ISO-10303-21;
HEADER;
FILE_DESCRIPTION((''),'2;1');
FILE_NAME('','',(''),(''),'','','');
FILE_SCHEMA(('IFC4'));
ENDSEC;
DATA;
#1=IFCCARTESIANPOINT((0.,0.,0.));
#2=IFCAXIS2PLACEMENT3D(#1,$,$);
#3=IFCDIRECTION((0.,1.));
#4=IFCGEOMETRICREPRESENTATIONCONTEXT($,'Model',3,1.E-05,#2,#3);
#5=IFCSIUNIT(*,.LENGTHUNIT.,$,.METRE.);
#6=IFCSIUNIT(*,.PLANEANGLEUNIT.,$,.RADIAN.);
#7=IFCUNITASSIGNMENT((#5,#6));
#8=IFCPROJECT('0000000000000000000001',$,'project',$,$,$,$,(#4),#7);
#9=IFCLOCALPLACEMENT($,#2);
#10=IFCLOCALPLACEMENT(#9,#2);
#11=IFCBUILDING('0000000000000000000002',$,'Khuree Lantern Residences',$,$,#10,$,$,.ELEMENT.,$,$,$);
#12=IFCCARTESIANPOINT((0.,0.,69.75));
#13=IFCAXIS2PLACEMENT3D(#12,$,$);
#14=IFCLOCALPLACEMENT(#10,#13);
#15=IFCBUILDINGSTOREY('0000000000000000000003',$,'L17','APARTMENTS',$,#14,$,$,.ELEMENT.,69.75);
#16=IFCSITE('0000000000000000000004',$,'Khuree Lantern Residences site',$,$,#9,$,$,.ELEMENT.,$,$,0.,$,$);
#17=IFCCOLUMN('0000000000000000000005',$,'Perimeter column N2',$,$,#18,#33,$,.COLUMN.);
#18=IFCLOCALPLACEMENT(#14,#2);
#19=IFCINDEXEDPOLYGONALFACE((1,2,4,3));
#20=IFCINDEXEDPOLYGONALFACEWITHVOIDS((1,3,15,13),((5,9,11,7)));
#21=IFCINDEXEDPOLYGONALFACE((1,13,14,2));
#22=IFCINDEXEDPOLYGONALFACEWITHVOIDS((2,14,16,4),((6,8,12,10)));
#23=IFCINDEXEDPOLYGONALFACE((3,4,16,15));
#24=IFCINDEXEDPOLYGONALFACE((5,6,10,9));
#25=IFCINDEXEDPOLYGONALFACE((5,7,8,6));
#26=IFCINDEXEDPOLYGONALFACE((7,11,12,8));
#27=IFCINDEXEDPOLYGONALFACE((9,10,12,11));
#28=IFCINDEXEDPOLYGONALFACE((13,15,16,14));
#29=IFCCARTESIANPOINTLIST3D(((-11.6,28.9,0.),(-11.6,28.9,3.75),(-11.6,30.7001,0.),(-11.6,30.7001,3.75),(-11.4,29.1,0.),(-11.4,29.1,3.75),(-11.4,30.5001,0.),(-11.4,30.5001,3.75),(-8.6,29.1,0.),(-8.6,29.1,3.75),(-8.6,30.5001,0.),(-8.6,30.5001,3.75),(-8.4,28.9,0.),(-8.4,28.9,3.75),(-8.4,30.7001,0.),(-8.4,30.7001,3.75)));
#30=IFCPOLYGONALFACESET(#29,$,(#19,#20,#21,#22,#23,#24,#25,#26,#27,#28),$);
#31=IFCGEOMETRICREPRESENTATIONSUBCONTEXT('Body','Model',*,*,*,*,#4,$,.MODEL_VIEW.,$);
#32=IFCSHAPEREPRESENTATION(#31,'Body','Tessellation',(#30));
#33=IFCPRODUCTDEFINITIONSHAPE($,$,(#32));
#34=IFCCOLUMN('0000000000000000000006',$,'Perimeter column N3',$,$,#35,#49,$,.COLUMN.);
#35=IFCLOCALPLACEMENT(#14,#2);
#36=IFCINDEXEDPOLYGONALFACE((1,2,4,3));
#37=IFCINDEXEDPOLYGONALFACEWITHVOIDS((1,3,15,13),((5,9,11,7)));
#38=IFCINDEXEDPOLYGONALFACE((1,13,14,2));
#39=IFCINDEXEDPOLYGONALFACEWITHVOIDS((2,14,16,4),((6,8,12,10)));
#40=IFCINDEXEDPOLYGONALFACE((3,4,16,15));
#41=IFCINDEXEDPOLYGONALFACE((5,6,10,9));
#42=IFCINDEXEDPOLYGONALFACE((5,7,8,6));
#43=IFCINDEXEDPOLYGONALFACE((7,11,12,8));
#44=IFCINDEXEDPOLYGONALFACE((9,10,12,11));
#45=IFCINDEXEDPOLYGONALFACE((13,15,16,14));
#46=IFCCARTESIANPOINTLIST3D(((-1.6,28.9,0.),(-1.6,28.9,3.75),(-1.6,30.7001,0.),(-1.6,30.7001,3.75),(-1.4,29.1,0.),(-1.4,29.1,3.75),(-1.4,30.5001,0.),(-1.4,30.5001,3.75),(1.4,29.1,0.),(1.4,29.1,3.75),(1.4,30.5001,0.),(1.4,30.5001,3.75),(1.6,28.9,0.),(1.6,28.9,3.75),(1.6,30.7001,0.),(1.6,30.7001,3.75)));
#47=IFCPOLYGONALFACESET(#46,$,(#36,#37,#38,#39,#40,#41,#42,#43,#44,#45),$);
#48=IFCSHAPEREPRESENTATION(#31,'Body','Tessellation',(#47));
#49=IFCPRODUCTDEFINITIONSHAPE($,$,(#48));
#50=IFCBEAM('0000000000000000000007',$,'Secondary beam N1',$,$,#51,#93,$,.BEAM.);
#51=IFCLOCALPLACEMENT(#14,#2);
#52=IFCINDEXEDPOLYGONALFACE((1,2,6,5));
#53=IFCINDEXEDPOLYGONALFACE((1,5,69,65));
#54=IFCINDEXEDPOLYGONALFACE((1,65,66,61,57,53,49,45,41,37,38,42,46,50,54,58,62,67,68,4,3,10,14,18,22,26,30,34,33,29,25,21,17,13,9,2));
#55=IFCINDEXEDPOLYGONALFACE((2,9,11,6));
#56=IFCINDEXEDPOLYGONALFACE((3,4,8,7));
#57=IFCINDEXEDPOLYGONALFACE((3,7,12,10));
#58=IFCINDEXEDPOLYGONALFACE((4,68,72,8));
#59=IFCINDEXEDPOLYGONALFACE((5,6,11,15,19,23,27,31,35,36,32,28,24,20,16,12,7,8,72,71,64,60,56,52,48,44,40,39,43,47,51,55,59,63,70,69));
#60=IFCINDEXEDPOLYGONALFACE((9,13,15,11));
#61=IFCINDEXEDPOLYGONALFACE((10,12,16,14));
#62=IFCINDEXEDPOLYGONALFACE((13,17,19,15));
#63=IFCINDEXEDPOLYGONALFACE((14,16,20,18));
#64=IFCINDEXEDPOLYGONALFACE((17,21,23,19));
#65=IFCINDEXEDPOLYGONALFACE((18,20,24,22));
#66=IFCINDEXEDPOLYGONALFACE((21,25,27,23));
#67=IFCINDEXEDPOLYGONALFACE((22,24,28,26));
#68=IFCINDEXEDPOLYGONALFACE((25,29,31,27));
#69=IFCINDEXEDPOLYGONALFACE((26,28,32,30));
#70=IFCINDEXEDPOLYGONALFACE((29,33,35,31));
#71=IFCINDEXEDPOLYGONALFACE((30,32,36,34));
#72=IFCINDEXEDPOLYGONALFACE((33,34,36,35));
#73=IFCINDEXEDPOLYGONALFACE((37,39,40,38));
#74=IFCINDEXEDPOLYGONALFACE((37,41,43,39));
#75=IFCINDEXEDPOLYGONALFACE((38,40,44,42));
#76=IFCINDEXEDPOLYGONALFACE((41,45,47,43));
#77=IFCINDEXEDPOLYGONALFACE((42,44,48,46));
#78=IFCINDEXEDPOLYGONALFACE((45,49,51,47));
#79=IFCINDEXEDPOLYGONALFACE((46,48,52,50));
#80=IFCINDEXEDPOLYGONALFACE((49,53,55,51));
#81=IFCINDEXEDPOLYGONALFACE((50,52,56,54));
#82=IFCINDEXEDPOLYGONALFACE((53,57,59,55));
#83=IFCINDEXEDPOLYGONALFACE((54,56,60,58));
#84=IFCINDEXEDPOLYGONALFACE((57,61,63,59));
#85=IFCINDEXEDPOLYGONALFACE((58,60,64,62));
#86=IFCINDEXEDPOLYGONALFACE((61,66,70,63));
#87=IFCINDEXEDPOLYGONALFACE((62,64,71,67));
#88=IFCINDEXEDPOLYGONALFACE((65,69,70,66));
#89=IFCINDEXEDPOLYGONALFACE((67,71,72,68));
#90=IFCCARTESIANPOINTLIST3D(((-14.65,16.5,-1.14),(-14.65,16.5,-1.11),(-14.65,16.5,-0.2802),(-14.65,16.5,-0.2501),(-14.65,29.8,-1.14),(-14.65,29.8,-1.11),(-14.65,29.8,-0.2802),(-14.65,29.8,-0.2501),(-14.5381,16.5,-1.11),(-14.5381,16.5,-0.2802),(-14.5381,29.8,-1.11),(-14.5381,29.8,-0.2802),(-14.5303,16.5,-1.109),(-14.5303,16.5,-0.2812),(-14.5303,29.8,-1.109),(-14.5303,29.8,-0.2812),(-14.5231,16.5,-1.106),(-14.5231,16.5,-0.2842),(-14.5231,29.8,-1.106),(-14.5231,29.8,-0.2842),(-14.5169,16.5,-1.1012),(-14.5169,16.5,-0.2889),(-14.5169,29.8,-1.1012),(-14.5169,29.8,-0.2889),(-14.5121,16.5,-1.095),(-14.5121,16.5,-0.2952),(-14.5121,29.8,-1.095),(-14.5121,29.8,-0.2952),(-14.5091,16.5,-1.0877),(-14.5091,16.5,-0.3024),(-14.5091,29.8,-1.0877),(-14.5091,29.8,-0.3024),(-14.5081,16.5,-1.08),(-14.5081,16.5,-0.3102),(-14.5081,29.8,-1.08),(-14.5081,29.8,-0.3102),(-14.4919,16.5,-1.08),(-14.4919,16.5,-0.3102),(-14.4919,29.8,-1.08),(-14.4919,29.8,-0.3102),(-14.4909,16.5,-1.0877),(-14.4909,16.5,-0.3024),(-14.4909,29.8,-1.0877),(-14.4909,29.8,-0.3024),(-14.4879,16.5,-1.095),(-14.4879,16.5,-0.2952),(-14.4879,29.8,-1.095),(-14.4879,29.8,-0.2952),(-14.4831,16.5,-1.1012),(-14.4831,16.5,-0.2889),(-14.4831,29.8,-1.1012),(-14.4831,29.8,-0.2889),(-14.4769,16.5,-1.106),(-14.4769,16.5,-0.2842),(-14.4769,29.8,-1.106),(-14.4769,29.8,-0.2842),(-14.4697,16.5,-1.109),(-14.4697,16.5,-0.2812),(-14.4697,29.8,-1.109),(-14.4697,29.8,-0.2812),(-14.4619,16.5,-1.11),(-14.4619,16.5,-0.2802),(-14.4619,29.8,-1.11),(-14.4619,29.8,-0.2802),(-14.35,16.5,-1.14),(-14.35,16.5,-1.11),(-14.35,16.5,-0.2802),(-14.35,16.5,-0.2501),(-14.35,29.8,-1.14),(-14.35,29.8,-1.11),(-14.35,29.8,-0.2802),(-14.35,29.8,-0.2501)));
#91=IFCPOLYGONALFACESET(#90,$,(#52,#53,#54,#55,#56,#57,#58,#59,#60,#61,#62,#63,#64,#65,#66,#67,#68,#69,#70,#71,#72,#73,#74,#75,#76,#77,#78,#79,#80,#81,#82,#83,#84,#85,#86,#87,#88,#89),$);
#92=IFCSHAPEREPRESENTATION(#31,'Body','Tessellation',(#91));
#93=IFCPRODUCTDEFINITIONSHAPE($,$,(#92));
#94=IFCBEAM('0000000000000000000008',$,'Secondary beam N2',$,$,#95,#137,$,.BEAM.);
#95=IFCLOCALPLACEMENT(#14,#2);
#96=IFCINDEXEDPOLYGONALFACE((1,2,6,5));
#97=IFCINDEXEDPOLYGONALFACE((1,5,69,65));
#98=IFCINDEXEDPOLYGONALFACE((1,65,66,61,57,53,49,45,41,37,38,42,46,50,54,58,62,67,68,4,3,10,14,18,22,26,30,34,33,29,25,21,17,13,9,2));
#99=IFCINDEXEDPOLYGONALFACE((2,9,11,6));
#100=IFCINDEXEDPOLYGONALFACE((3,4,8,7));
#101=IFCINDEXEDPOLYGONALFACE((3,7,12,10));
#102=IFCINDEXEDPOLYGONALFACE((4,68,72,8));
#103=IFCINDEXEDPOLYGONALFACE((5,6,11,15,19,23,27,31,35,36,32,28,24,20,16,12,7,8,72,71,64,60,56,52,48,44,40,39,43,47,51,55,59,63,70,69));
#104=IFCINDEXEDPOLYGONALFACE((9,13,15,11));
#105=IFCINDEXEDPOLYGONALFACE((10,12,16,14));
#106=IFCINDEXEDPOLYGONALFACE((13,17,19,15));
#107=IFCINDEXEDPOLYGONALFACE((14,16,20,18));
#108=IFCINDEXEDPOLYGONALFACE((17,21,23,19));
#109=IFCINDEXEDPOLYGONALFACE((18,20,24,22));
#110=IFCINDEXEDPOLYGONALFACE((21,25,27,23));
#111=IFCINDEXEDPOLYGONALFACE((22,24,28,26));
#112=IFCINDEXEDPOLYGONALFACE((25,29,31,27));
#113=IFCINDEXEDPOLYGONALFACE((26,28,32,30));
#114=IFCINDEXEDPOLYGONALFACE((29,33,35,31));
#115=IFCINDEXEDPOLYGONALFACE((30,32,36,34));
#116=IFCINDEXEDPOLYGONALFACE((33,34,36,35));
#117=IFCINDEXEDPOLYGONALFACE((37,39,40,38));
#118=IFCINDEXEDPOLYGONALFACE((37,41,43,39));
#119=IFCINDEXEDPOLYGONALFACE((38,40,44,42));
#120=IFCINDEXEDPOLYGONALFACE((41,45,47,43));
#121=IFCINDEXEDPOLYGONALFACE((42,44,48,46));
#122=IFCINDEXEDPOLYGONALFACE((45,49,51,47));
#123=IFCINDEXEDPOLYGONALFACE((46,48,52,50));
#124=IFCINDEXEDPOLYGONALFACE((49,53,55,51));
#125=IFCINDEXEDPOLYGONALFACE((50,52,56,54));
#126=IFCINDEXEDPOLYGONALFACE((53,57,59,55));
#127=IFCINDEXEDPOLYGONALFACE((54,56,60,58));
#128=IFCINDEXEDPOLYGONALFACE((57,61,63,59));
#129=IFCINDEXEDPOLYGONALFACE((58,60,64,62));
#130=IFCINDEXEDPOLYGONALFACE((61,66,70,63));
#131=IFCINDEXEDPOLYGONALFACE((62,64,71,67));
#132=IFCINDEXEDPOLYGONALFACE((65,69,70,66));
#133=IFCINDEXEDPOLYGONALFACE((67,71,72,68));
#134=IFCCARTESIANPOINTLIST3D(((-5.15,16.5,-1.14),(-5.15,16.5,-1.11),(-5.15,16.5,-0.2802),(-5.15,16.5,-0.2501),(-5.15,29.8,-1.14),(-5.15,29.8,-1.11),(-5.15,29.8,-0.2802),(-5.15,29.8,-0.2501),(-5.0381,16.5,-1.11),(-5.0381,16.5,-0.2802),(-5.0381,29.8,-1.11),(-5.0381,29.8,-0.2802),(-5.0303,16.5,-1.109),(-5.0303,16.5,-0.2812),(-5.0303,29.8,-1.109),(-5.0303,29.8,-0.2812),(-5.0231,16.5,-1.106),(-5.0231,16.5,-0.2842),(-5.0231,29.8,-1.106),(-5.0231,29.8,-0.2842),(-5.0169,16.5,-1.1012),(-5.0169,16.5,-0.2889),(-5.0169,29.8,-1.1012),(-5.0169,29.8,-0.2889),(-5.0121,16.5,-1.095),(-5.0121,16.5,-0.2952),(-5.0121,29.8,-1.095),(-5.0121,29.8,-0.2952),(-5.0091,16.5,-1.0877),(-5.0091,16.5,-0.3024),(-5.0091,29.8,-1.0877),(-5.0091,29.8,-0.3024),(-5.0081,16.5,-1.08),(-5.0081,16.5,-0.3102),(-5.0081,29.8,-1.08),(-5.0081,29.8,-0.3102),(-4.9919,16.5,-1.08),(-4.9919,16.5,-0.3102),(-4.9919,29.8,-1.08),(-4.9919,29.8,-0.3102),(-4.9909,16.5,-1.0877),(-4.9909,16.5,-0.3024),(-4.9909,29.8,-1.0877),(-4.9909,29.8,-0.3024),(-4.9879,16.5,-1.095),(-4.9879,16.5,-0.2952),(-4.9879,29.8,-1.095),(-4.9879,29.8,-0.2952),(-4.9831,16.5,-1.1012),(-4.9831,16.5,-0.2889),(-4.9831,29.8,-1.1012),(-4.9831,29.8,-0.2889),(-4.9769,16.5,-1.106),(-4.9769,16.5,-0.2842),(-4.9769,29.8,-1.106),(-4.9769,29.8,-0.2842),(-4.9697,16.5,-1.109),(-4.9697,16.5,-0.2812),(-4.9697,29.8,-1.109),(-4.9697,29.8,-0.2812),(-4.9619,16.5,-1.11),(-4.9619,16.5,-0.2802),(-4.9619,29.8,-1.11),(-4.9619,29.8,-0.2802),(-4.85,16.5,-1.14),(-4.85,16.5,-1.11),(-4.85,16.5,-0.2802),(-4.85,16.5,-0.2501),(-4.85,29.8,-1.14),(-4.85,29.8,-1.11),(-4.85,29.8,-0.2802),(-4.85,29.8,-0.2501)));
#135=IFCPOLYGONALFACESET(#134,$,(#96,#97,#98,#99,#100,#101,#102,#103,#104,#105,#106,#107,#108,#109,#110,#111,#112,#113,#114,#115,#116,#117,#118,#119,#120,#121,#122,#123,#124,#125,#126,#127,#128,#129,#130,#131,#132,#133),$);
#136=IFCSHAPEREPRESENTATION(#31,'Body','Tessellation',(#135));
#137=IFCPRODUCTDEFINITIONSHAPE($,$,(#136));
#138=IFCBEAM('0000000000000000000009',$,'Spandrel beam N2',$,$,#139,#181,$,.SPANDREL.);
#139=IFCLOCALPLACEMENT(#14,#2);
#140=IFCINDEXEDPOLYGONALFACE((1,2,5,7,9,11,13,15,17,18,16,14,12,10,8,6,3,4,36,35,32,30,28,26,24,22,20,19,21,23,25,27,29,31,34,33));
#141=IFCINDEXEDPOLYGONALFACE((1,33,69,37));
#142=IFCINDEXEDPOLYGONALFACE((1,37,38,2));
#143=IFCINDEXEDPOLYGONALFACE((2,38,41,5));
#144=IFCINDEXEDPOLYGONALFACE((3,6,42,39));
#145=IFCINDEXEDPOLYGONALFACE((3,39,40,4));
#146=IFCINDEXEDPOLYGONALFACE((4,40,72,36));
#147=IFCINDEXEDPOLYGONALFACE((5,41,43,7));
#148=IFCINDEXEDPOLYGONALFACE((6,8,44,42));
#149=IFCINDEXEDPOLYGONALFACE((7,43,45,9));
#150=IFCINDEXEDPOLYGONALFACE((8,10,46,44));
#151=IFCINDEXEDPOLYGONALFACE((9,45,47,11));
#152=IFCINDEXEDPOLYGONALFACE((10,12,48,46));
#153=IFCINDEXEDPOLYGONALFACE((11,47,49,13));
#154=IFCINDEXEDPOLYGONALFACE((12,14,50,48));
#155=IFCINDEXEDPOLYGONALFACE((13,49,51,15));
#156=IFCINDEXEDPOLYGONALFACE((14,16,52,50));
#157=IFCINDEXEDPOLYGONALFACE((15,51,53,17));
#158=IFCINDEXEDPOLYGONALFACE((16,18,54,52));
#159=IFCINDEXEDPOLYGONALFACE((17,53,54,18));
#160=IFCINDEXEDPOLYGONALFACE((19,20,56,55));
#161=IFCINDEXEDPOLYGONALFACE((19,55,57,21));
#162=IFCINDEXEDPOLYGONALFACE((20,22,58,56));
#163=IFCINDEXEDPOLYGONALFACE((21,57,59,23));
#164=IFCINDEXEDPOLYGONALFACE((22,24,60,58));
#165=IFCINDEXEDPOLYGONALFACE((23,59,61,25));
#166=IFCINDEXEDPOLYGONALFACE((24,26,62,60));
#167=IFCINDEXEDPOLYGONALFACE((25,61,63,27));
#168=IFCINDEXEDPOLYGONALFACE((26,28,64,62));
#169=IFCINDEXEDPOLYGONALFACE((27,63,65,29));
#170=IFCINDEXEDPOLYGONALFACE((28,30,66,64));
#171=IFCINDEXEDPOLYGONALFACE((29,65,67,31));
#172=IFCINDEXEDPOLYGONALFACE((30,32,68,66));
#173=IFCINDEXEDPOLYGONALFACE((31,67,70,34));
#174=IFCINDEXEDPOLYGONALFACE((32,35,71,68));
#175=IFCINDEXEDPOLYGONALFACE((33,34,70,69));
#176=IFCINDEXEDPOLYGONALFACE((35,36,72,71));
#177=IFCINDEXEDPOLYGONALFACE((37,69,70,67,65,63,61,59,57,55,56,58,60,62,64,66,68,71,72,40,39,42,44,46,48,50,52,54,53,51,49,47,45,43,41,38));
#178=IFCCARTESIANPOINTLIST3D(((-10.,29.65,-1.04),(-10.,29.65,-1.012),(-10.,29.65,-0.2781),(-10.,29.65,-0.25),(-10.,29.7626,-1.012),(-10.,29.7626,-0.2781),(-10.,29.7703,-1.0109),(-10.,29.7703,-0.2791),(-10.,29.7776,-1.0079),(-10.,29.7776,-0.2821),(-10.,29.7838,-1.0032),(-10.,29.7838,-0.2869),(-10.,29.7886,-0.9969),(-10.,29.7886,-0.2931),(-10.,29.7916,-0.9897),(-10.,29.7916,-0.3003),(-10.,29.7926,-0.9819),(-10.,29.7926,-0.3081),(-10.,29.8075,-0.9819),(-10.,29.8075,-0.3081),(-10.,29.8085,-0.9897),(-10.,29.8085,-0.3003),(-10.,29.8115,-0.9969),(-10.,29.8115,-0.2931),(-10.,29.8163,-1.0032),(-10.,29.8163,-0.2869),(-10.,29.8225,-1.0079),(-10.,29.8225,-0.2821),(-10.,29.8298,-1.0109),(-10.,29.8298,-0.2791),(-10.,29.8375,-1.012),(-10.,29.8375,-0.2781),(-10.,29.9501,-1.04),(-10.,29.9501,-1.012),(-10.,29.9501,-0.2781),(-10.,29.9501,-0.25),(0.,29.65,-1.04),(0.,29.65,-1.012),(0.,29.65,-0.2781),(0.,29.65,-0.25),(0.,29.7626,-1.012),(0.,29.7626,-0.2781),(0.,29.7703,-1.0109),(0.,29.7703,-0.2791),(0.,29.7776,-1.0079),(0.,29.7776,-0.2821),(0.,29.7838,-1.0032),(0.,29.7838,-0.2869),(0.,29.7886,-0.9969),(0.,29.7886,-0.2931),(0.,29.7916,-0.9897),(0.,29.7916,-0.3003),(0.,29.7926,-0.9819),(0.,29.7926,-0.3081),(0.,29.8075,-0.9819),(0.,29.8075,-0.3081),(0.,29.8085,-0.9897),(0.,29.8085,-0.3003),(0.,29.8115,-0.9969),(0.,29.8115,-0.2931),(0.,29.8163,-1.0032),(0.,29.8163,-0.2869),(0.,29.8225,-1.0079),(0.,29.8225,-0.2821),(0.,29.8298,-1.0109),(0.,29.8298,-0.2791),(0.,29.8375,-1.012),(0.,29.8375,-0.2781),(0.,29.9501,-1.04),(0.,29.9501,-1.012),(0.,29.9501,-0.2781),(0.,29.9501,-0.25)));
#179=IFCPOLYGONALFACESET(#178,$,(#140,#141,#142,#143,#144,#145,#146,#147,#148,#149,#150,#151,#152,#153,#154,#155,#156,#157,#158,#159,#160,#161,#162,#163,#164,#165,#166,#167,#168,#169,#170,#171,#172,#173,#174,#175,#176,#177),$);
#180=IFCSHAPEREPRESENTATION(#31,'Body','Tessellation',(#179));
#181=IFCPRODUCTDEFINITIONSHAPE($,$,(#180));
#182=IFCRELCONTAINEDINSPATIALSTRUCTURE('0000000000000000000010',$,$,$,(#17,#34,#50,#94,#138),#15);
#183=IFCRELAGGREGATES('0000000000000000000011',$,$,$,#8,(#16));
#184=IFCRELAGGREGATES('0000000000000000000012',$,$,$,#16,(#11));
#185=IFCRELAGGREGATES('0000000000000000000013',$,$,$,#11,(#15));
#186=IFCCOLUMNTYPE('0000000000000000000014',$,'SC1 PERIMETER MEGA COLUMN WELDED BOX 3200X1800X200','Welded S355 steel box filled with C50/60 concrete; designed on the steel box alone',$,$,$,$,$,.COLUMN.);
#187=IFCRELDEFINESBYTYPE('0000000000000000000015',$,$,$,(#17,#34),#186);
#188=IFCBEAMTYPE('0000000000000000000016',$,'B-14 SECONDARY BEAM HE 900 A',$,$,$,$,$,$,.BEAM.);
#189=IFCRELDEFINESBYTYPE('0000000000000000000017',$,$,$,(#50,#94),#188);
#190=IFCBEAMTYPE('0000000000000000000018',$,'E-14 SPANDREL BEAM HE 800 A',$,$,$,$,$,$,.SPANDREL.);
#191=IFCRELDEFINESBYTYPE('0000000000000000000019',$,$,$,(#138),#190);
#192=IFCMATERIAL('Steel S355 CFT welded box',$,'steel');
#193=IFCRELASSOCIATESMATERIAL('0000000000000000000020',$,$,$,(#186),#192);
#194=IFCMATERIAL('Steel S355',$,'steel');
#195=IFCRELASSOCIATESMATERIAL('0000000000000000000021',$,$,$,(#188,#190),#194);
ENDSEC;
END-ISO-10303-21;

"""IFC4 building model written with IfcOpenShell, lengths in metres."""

from ifc_helpers import new_model, si_unit, direction, frame, origin, origin_2d, place, context, subcontext, project, spatial, hollow_rectangle, i_section, extrude, material, material_profile, profile_set, type_object, element, save


model = new_model("IFC4")

# Units and contexts
model_context = context("Model", 3, precision=1e-05, world=origin(), true_north=direction((0.0, 1.0)))
body_context = subcontext(model_context, "Body", "Model", "MODEL_VIEW")
ifc_project = project(units=[si_unit("LENGTHUNIT", "METRE"), si_unit("PLANEANGLEUNIT", "RADIAN")], contexts=[model_context])

# Site, building, storey
site_placement = place(None, origin())
site = spatial("IfcSite", under=ifc_project, at=site_placement, Name="Khuree Lantern Residences site", CompositionType="ELEMENT", RefElevation=0.0)
building_placement = place(site_placement, origin())
building = spatial("IfcBuilding", under=site, at=building_placement, Name="Khuree Lantern Residences", CompositionType="ELEMENT")
storey_placement = place(building_placement, frame((0.0, 0.0, 69.75)))
storey = spatial("IfcBuildingStorey", under=building, at=storey_placement, Name="L17", Description="APARTMENTS", CompositionType="ELEMENT", Elevation=69.75)

# Columns
ifc_material_1 = material(Name="Steel S355 CFT welded box", Category="steel")
ifc_material_profile_1 = material_profile(ifc_material_1, hollow_rectangle(XDim=3.2, YDim=1.8, WallThickness=0.2, at=origin_2d()), Name="WELDED BOX 3200X1800X200")
ifc_profile_set_1 = profile_set([ifc_material_profile_1], Name="Steel S355 CFT welded box")
column_type = type_object("IfcColumnType", Name="SC1 PERIMETER MEGA COLUMN WELDED BOX 3200X1800X200", Description="Welded S355 steel box filled with C50/60 concrete; designed on the steel box alone", PredefinedType="COLUMN", material=ifc_profile_set_1)
for number, where, z_axis, x_axis, name in (
    (1, (-10.0, 29.8, 0.0), (0.0, 0.0, 1.0), (1.0, 0.0, 0.0), "Perimeter column N2"),
    (2, (0.0, 29.8, 0.0), (0.0, 0.0, 1.0), (1.0, 0.0, 0.0), "Perimeter column N3"),
):
    element("IfcColumn", number, at=place(storey_placement, frame(where, z_axis=z_axis, x_axis=x_axis)), inside=storey, type_object=column_type, Name=name, PredefinedType="COLUMN", context=body_context, shape_type="SweptSolid", body=[
        extrude(hollow_rectangle(XDim=3.2, YDim=1.8, WallThickness=0.2, at=origin_2d()), origin(), (0.0, 0.0, 1.0), 3.75),
    ])

# Beams
ifc_material_2 = material(Name="Steel S355", Category="steel")
ifc_material_profile_2 = material_profile(ifc_material_2, i_section(OverallWidth=0.3, OverallDepth=0.8899, WebThickness=0.0161, FlangeThickness=0.03, FilletRadius=0.03, at=origin_2d()), Name="HE 900 A")
ifc_profile_set_2 = profile_set([ifc_material_profile_2], Name="Steel S355")
beam_type_1 = type_object("IfcBeamType", Name="B-14 SECONDARY BEAM HE 900 A", PredefinedType="BEAM", material=ifc_profile_set_2)
for number, where, z_axis, x_axis, name in (
    (3, (-14.5, 29.8, -0.6951), (0.0, -1.0, 0.0), (1.0, 0.0, 0.0), "Secondary beam N1"),
    (4, (-5.0, 29.8, -0.6951), (0.0, -1.0, 0.0), (1.0, 0.0, 0.0), "Secondary beam N2"),
):
    element("IfcBeam", number, at=place(storey_placement, frame(where, z_axis=z_axis, x_axis=x_axis)), inside=storey, type_object=beam_type_1, Name=name, PredefinedType="BEAM", context=body_context, shape_type="SweptSolid", body=[
        extrude(i_section(OverallWidth=0.3, OverallDepth=0.8899, WebThickness=0.0161, FlangeThickness=0.03, FilletRadius=0.03, at=origin_2d()), origin(), (0.0, 0.0, 1.0), 13.3),
    ])
ifc_material_profile_3 = material_profile(ifc_material_2, i_section(OverallWidth=0.3, OverallDepth=0.79, WebThickness=0.0149, FlangeThickness=0.0281, FilletRadius=0.03, at=origin_2d()), Name="HE 800 A")
ifc_profile_set_3 = profile_set([ifc_material_profile_3], Name="Steel S355")
beam_type_2 = type_object("IfcBeamType", Name="E-14 SPANDREL BEAM HE 800 A", PredefinedType="SPANDREL", material=ifc_profile_set_3)
for number, where, z_axis, x_axis, name in (
    (5, (-10.0, 29.8, -0.645), (1.0, 0.0, 0.0), (0.0, 1.0, 0.0), "Spandrel beam N2"),
):
    element("IfcBeam", number, at=place(storey_placement, frame(where, z_axis=z_axis, x_axis=x_axis)), inside=storey, type_object=beam_type_2, Name=name, PredefinedType="SPANDREL", context=body_context, shape_type="SweptSolid", body=[
        extrude(i_section(OverallWidth=0.3, OverallDepth=0.79, WebThickness=0.0149, FlangeThickness=0.0281, FilletRadius=0.03, at=origin_2d()), origin(), (0.0, 0.0, 1.0), 10.0),
    ])

save(model, "model.ifc")
